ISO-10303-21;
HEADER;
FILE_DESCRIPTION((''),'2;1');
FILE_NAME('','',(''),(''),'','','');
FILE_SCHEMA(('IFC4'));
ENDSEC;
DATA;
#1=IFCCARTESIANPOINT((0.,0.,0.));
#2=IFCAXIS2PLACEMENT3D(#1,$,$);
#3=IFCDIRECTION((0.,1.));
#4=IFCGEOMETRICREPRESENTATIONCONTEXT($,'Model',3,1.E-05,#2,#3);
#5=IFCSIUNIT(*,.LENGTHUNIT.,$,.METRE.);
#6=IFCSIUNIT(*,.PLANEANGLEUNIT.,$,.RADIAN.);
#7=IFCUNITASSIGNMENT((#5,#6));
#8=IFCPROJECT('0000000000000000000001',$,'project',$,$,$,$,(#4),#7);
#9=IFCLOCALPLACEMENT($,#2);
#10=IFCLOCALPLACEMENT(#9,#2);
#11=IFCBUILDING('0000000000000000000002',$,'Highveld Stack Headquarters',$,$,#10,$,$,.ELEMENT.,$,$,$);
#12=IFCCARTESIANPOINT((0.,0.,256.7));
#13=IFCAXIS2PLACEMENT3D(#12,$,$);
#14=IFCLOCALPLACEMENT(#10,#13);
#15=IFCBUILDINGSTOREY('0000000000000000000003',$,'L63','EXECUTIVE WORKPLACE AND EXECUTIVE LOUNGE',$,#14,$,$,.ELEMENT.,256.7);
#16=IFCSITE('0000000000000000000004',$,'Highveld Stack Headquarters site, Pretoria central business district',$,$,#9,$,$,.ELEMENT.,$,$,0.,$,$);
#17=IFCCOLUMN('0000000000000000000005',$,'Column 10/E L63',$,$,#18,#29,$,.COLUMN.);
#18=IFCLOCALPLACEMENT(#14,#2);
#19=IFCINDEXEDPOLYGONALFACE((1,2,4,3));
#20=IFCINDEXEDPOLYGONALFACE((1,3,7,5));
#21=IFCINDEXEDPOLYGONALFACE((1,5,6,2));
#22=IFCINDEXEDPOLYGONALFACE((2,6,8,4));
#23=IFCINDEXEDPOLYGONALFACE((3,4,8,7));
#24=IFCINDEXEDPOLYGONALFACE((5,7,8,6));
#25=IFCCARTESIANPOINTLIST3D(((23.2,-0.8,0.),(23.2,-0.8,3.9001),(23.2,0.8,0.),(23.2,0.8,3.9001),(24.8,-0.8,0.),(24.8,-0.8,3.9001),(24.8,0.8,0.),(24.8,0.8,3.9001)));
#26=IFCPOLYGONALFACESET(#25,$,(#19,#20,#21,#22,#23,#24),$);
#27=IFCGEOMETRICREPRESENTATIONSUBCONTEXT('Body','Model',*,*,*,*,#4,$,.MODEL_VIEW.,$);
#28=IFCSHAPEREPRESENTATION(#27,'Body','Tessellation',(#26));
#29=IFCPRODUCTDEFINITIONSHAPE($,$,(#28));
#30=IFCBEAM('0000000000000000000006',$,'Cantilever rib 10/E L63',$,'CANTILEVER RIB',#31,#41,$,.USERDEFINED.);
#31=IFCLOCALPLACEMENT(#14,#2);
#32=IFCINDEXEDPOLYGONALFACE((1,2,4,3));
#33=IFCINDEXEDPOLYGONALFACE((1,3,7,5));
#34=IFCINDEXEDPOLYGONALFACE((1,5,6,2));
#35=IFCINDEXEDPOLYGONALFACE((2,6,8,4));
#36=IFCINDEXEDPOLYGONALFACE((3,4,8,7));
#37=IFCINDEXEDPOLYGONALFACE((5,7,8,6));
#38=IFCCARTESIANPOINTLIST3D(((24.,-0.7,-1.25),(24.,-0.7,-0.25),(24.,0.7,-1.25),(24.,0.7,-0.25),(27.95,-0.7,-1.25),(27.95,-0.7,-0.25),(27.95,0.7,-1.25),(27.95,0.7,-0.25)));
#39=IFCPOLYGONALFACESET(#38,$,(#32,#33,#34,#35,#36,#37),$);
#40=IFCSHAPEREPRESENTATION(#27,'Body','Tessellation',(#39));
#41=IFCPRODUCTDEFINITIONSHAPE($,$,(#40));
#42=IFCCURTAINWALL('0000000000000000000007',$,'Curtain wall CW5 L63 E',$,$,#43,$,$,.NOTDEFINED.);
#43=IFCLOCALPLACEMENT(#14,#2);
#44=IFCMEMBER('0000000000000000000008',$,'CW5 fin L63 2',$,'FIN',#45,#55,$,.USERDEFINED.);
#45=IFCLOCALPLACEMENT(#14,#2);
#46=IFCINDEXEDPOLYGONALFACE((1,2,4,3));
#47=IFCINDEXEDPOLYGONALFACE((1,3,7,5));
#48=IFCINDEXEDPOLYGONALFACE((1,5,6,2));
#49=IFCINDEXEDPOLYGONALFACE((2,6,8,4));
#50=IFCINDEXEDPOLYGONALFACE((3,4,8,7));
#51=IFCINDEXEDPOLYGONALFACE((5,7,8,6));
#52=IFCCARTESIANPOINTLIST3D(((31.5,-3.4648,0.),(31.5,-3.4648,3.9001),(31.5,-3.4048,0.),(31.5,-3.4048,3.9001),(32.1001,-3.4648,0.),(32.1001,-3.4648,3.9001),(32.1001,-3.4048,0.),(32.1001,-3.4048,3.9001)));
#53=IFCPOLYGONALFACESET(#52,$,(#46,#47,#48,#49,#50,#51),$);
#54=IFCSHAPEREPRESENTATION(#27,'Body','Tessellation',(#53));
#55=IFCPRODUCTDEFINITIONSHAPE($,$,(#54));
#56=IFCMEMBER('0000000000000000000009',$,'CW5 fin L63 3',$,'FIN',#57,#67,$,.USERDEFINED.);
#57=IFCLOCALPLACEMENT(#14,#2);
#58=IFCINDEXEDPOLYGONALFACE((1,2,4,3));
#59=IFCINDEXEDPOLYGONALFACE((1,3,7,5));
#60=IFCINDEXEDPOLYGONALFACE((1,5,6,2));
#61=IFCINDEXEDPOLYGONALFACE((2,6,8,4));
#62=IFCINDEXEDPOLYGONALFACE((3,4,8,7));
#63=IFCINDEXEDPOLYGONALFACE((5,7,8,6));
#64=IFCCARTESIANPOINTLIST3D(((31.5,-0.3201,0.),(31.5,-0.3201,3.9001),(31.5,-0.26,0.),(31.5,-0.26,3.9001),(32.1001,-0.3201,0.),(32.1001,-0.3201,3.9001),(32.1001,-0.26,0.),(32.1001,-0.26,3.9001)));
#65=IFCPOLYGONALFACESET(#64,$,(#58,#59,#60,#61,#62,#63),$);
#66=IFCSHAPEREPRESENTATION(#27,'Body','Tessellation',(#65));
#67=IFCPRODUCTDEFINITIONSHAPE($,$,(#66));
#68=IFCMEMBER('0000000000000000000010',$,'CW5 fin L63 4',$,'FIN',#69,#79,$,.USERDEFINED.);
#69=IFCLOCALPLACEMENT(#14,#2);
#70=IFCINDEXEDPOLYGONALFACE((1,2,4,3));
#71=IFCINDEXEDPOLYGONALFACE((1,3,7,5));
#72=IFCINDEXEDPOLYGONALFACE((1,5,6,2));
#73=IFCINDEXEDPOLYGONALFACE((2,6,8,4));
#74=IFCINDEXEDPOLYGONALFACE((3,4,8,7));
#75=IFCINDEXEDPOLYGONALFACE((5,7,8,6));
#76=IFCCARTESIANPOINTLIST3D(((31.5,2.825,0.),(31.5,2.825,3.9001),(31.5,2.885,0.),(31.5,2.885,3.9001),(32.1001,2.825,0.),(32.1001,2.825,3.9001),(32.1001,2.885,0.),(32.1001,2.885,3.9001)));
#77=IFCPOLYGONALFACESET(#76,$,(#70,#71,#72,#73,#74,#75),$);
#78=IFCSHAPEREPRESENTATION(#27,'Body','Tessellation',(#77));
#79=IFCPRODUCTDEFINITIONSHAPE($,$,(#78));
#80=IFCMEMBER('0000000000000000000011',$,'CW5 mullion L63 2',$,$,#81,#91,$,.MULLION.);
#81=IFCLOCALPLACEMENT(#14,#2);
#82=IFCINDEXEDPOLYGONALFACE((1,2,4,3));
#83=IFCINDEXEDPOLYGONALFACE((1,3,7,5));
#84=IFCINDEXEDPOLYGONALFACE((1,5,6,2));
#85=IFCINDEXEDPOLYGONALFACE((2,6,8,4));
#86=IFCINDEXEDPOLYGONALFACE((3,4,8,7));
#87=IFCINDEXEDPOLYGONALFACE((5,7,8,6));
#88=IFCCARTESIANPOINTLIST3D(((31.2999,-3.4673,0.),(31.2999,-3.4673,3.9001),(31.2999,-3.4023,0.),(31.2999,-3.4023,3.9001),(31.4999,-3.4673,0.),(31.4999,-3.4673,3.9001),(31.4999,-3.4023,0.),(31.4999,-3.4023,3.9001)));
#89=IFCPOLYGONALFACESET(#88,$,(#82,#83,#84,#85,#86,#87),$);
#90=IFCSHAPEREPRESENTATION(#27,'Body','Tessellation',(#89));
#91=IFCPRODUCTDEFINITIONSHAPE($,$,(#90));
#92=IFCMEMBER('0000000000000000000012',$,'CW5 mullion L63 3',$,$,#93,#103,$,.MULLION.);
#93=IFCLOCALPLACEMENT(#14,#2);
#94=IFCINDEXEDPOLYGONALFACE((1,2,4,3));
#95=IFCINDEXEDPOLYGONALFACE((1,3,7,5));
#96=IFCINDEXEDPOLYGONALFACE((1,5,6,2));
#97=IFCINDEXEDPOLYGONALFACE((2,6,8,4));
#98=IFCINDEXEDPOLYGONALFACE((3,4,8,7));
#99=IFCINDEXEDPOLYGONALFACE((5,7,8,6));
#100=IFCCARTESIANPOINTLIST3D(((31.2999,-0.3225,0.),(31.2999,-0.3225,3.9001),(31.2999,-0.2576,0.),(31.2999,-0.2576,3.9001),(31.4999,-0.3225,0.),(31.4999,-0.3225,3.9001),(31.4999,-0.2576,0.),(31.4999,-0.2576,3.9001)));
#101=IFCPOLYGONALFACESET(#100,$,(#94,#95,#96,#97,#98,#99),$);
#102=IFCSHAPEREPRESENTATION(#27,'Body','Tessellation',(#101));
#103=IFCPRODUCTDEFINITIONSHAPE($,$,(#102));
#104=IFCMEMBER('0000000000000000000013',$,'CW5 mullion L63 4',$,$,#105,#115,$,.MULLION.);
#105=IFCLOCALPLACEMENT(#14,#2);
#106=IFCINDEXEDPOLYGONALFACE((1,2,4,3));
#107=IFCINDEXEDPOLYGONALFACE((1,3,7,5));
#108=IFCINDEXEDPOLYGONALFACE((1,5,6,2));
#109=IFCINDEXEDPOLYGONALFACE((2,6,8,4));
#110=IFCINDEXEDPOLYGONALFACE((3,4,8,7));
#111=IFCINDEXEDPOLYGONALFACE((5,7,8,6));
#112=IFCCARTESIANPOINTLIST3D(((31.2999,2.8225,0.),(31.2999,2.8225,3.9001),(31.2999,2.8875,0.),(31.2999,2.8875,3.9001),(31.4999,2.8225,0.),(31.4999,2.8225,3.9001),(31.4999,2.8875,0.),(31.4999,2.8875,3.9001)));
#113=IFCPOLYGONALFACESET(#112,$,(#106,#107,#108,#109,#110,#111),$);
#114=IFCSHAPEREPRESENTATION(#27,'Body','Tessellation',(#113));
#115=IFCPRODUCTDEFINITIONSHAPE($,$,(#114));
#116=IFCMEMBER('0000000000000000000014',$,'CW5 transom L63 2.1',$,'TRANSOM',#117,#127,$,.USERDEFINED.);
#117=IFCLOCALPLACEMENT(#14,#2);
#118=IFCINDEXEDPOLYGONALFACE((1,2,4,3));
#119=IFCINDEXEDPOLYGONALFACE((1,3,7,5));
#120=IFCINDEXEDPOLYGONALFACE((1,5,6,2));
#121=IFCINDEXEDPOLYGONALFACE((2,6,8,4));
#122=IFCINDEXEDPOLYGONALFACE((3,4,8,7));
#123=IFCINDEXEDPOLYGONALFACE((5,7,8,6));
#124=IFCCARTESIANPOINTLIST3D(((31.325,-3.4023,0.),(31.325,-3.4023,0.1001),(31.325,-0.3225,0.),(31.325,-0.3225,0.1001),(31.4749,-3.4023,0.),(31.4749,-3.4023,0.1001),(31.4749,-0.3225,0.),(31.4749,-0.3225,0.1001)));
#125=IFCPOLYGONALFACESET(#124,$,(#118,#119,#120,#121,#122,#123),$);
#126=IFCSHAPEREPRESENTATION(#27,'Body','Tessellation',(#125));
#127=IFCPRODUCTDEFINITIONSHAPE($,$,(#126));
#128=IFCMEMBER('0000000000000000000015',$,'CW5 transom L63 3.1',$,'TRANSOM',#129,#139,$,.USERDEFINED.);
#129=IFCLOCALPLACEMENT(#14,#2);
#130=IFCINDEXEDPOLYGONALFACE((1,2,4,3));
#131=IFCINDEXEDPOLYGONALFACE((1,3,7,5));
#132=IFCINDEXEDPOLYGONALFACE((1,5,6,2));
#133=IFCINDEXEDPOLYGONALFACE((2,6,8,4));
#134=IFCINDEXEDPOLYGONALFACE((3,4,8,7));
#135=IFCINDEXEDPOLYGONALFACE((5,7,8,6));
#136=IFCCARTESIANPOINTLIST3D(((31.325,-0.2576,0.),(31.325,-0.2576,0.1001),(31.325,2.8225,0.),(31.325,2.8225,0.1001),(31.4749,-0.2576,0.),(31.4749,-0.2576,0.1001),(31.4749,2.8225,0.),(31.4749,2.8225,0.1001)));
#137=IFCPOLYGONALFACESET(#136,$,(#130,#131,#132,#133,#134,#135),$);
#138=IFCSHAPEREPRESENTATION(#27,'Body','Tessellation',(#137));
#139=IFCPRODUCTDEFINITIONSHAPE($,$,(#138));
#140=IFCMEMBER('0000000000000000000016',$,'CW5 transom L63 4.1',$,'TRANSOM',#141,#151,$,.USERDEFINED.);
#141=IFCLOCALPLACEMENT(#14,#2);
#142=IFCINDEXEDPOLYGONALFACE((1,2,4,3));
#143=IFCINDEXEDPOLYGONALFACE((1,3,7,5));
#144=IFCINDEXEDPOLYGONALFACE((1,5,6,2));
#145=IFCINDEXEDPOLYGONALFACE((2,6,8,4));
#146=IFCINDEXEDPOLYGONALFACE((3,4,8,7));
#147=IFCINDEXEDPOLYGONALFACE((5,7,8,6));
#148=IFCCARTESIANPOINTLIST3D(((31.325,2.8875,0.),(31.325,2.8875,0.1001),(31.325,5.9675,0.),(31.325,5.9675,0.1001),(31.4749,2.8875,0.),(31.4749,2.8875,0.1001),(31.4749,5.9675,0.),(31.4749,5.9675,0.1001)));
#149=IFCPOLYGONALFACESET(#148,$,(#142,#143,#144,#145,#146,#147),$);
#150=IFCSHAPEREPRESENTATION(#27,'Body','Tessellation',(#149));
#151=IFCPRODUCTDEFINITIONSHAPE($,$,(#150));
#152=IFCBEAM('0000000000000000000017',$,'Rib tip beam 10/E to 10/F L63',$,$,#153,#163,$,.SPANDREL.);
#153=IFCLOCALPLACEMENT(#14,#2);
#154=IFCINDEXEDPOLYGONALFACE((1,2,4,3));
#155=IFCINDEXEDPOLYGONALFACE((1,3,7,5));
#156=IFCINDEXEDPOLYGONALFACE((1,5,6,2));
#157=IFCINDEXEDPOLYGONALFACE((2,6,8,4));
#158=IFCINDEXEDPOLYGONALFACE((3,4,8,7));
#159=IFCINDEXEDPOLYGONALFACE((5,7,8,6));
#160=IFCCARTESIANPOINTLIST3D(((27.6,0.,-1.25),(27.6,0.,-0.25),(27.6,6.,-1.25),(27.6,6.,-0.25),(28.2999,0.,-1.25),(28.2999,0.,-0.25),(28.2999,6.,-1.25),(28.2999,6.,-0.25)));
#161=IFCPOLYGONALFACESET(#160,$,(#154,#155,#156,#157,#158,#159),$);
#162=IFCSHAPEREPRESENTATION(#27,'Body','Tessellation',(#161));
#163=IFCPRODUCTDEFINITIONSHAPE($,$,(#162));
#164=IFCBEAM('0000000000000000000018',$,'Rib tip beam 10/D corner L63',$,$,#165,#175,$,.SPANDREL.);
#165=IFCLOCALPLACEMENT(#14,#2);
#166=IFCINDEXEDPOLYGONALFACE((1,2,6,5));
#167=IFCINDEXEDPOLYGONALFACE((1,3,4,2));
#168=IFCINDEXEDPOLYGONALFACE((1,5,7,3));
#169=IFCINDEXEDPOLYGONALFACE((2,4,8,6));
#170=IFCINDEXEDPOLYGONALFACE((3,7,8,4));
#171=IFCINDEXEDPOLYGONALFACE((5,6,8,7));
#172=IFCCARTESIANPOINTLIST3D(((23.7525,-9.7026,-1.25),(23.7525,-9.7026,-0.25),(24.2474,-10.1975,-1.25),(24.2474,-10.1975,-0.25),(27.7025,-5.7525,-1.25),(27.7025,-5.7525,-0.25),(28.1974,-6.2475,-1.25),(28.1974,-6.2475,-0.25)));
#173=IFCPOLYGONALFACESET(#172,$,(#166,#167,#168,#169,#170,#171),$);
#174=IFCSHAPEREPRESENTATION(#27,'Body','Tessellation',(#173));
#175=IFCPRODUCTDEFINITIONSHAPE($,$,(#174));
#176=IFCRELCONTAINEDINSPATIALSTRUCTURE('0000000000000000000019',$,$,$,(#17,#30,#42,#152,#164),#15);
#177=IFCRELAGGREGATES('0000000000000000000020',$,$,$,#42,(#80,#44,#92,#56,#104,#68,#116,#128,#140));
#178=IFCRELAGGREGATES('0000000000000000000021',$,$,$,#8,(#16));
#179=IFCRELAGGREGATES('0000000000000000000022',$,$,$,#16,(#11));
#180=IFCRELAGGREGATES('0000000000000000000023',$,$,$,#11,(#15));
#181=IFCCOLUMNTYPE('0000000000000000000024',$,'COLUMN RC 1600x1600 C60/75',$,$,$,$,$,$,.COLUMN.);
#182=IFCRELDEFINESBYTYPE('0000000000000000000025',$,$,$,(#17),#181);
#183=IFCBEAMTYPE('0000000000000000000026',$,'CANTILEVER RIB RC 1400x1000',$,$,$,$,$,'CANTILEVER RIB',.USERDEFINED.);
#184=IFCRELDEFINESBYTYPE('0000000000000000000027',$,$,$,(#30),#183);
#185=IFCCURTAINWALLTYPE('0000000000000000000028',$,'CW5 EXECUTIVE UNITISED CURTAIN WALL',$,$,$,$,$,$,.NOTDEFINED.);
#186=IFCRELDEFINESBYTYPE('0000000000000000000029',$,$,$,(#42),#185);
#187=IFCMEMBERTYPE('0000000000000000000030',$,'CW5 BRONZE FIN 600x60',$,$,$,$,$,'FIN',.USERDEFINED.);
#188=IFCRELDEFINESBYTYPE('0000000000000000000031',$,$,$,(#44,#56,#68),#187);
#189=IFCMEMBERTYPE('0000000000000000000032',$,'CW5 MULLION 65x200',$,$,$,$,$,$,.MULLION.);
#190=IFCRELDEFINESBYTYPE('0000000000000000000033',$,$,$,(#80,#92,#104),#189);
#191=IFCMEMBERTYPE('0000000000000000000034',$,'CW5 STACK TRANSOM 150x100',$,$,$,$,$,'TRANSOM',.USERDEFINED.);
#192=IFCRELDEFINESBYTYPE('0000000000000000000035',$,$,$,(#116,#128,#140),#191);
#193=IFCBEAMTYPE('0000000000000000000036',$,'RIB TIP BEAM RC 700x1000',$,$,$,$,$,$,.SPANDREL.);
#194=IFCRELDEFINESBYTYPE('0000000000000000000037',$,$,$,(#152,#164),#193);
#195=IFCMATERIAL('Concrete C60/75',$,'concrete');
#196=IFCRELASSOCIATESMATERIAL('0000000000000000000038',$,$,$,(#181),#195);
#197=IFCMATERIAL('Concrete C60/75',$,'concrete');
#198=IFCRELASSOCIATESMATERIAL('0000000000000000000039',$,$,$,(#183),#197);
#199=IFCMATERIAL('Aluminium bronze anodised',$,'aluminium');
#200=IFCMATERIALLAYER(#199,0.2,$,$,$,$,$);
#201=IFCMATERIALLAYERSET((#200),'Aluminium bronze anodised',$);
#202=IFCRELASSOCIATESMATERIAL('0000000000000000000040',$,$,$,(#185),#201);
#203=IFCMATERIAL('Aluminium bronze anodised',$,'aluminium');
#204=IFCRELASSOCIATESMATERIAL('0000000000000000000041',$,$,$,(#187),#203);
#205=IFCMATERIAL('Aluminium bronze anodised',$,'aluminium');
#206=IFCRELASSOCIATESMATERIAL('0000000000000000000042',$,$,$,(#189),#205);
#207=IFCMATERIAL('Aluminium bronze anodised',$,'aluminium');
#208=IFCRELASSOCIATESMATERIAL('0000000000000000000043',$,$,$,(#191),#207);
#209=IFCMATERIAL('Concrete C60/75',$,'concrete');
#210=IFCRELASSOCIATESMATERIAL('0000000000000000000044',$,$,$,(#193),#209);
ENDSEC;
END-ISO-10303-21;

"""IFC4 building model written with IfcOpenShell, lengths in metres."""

from ifc_helpers import new_model, si_unit, direction, frame, origin, origin_2d, place, context, subcontext, project, spatial, rectangle, extrude, material, layer, layer_set, material_profile, profile_set, type_object, element, aggregate, save


model = new_model("IFC4")

# Units and contexts
model_context = context("Model", 3, precision=1e-05, world=origin(), true_north=direction((0.0, 1.0)))
body_context = subcontext(model_context, "Body", "Model", "MODEL_VIEW")
ifc_project = project(units=[si_unit("LENGTHUNIT", "METRE"), si_unit("PLANEANGLEUNIT", "RADIAN")], contexts=[model_context])

# Site, building, storey
site_placement = place(None, origin())
site = spatial("IfcSite", under=ifc_project, at=site_placement, Name="Highveld Stack Headquarters site, Pretoria central business district", CompositionType="ELEMENT", RefElevation=0.0)
building_placement = place(site_placement, origin())
building = spatial("IfcBuilding", under=site, at=building_placement, Name="Highveld Stack Headquarters", CompositionType="ELEMENT")
storey_placement = place(building_placement, frame((0.0, 0.0, 256.7)))
storey = spatial("IfcBuildingStorey", under=building, at=storey_placement, Name="L63", Description="EXECUTIVE WORKPLACE AND EXECUTIVE LOUNGE", CompositionType="ELEMENT", Elevation=256.7)

# Column
ifc_material_1 = material(Name="Concrete C60/75", Category="concrete")
ifc_material_profile_1 = material_profile(ifc_material_1, rectangle(XDim=1.6001, YDim=1.6001, at=origin_2d()), Name="RC 1600x1600")
ifc_profile_set_1 = profile_set([ifc_material_profile_1], Name="Concrete C60/75")
column_type = type_object("IfcColumnType", Name="COLUMN RC 1600x1600 C60/75", PredefinedType="COLUMN", material=ifc_profile_set_1)
column_placement = place(storey_placement, frame((24.0, 0.0, 0.0), z_axis=(0.0, 0.0, 1.0), x_axis=(1.0, 0.0, 0.0)))
element("IfcColumn", 1, at=column_placement, inside=storey, type_object=column_type, Name="Column 10/E L63", PredefinedType="COLUMN", context=body_context, shape_type="SweptSolid", body=[
    extrude(rectangle(XDim=1.6001, YDim=1.6001, at=origin_2d()), origin(), (0.0, 0.0, 1.0), 3.9001),
])

# Beam
ifc_material_2 = material(Name="Concrete C60/75", Category="concrete")
ifc_material_profile_2 = material_profile(ifc_material_2, rectangle(XDim=1.3999, YDim=1.0, at=origin_2d()), Name="RC 1400x1000")
ifc_profile_set_2 = profile_set([ifc_material_profile_2], Name="Concrete C60/75")
beam_type_1 = type_object("IfcBeamType", Name="CANTILEVER RIB RC 1400x1000", ElementType="CANTILEVER RIB", PredefinedType="USERDEFINED", material=ifc_profile_set_2)
beam_1_placement = place(storey_placement, frame((24.0, 0.0, -0.75), z_axis=(1.0, 0.0, 0.0), x_axis=(0.0, 1.0, 0.0)))
element("IfcBeam", 2, at=beam_1_placement, inside=storey, type_object=beam_type_1, Name="Cantilever rib 10/E L63", ObjectType="CANTILEVER RIB", PredefinedType="USERDEFINED", context=body_context, shape_type="SweptSolid", body=[
    extrude(rectangle(XDim=1.3999, YDim=1.0, at=origin_2d()), origin(), (0.0, 0.0, 1.0), 3.95),
])

# Curtain wall, members
ifc_material_3 = material(Name="Aluminium bronze anodised", Category="aluminium")
ifc_layer_1 = layer(ifc_material_3, 0.2)
ifc_layer_set_1 = layer_set([ifc_layer_1], Name="Aluminium bronze anodised")
curtain_wall_type = type_object("IfcCurtainWallType", Name="CW5 EXECUTIVE UNITISED CURTAIN WALL", PredefinedType="NOTDEFINED", material=ifc_layer_set_1)
curtain_wall_placement = place(storey_placement, origin())
curtain_wall = element("IfcCurtainWall", 3, at=curtain_wall_placement, inside=storey, type_object=curtain_wall_type, Name="Curtain wall CW5 L63 E", PredefinedType="NOTDEFINED")
ifc_material_4 = material(Name="Aluminium bronze anodised", Category="aluminium")
ifc_material_profile_3 = material_profile(ifc_material_4, rectangle(XDim=0.6001, YDim=0.0601, at=origin_2d()), Name="FIN 600x60")
ifc_profile_set_3 = profile_set([ifc_material_profile_3], Name="Aluminium bronze anodised")
member_type_1 = type_object("IfcMemberType", Name="CW5 BRONZE FIN 600x60", ElementType="FIN", PredefinedType="USERDEFINED", material=ifc_profile_set_3)
member_1_placement = place(storey_placement, frame((31.8, -3.4348, 0.0), z_axis=(0.0, 0.0, 1.0), x_axis=(-1.0, 0.0, 0.0)))
member_1 = element("IfcMember", 4, at=member_1_placement, type_object=member_type_1, Name="CW5 fin L63 2", ObjectType="FIN", PredefinedType="USERDEFINED", context=body_context, shape_type="SweptSolid", body=[
    extrude(rectangle(XDim=0.6001, YDim=0.0601, at=origin_2d()), origin(), (0.0, 0.0, 1.0), 3.9001),
])
member_2_placement = place(storey_placement, frame((31.8, -0.29, 0.0), z_axis=(0.0, 0.0, 1.0), x_axis=(-1.0, 0.0, 0.0)))
member_2 = element("IfcMember", 5, at=member_2_placement, type_object=member_type_1, Name="CW5 fin L63 3", ObjectType="FIN", PredefinedType="USERDEFINED", context=body_context, shape_type="SweptSolid", body=[
    extrude(rectangle(XDim=0.6001, YDim=0.0601, at=origin_2d()), origin(), (0.0, 0.0, 1.0), 3.9001),
])
member_3_placement = place(storey_placement, frame((31.8, 2.855, 0.0), z_axis=(0.0, 0.0, 1.0), x_axis=(-1.0, 0.0, 0.0)))
member_3 = element("IfcMember", 6, at=member_3_placement, type_object=member_type_1, Name="CW5 fin L63 4", ObjectType="FIN", PredefinedType="USERDEFINED", context=body_context, shape_type="SweptSolid", body=[
    extrude(rectangle(XDim=0.6001, YDim=0.0601, at=origin_2d()), origin(), (0.0, 0.0, 1.0), 3.9001),
])
ifc_material_5 = material(Name="Aluminium bronze anodised", Category="aluminium")
ifc_material_profile_4 = material_profile(ifc_material_5, rectangle(XDim=0.2, YDim=0.0649, at=origin_2d()), Name="CW5 MULLION 65x200")
ifc_profile_set_4 = profile_set([ifc_material_profile_4], Name="Aluminium bronze anodised")
member_type_2 = type_object("IfcMemberType", Name="CW5 MULLION 65x200", PredefinedType="MULLION", material=ifc_profile_set_4)
member_4_placement = place(storey_placement, frame((31.3999, -3.4348, 0.0), z_axis=(0.0, 0.0, 1.0), x_axis=(-1.0, 0.0, 0.0)))
member_4 = element("IfcMember", 7, at=member_4_placement, type_object=member_type_2, Name="CW5 mullion L63 2", PredefinedType="MULLION", context=body_context, shape_type="SweptSolid", body=[
    extrude(rectangle(XDim=0.2, YDim=0.0649, at=origin_2d()), origin(), (0.0, 0.0, 1.0), 3.9001),
])
member_5_placement = place(storey_placement, frame((31.3999, -0.29, 0.0), z_axis=(0.0, 0.0, 1.0), x_axis=(-1.0, 0.0, 0.0)))
member_5 = element("IfcMember", 8, at=member_5_placement, type_object=member_type_2, Name="CW5 mullion L63 3", PredefinedType="MULLION", context=body_context, shape_type="SweptSolid", body=[
    extrude(rectangle(XDim=0.2, YDim=0.0649, at=origin_2d()), origin(), (0.0, 0.0, 1.0), 3.9001),
])
member_6_placement = place(storey_placement, frame((31.3999, 2.855, 0.0), z_axis=(0.0, 0.0, 1.0), x_axis=(-1.0, 0.0, 0.0)))
member_6 = element("IfcMember", 9, at=member_6_placement, type_object=member_type_2, Name="CW5 mullion L63 4", PredefinedType="MULLION", context=body_context, shape_type="SweptSolid", body=[
    extrude(rectangle(XDim=0.2, YDim=0.0649, at=origin_2d()), origin(), (0.0, 0.0, 1.0), 3.9001),
])
ifc_material_6 = material(Name="Aluminium bronze anodised", Category="aluminium")
ifc_material_profile_5 = material_profile(ifc_material_6, rectangle(XDim=0.1499, YDim=0.1001, at=origin_2d()), Name="CW5 TRANSOM 150x100")
ifc_profile_set_5 = profile_set([ifc_material_profile_5], Name="Aluminium bronze anodised")
member_type_3 = type_object("IfcMemberType", Name="CW5 STACK TRANSOM 150x100", ElementType="TRANSOM", PredefinedType="USERDEFINED", material=ifc_profile_set_5)
member_7_placement = place(storey_placement, frame((31.3999, -3.4023, 0.05), z_axis=(0.0, 1.0, 0.0), x_axis=(-1.0, 0.0, 0.0)))
member_7 = element("IfcMember", 10, at=member_7_placement, type_object=member_type_3, Name="CW5 transom L63 2.1", ObjectType="TRANSOM", PredefinedType="USERDEFINED", context=body_context, shape_type="SweptSolid", body=[
    extrude(rectangle(XDim=0.1499, YDim=0.1001, at=origin_2d()), origin(), (0.0, 0.0, 1.0), 3.0798),
])
member_8_placement = place(storey_placement, frame((31.3999, -0.2576, 0.05), z_axis=(0.0, 1.0, 0.0), x_axis=(-1.0, 0.0, 0.0)))
member_8 = element("IfcMember", 11, at=member_8_placement, type_object=member_type_3, Name="CW5 transom L63 3.1", ObjectType="TRANSOM", PredefinedType="USERDEFINED", context=body_context, shape_type="SweptSolid", body=[
    extrude(rectangle(XDim=0.1499, YDim=0.1001, at=origin_2d()), origin(), (0.0, 0.0, 1.0), 3.0801),
])
member_9_placement = place(storey_placement, frame((31.3999, 2.8875, 0.05), z_axis=(0.0, 1.0, 0.0), x_axis=(-1.0, 0.0, 0.0)))
member_9 = element("IfcMember", 12, at=member_9_placement, type_object=member_type_3, Name="CW5 transom L63 4.1", ObjectType="TRANSOM", PredefinedType="USERDEFINED", context=body_context, shape_type="SweptSolid", body=[
    extrude(rectangle(XDim=0.1499, YDim=0.1001, at=origin_2d()), origin(), (0.0, 0.0, 1.0), 3.0801),
])

# Beams
ifc_material_7 = material(Name="Concrete C60/75", Category="concrete")
ifc_material_profile_6 = material_profile(ifc_material_7, rectangle(XDim=0.7, YDim=1.0, at=origin_2d()), Name="RC 700x1000")
ifc_profile_set_6 = profile_set([ifc_material_profile_6], Name="Concrete C60/75")
beam_type_2 = type_object("IfcBeamType", Name="RIB TIP BEAM RC 700x1000", PredefinedType="SPANDREL", material=ifc_profile_set_6)
beam_2_placement = place(storey_placement, frame((27.95, 0.0, -0.75), z_axis=(0.0, 1.0, 0.0), x_axis=(-1.0, 0.0, 0.0)))
element("IfcBeam", 13, at=beam_2_placement, inside=storey, type_object=beam_type_2, Name="Rib tip beam 10/E to 10/F L63", PredefinedType="SPANDREL", context=body_context, shape_type="SweptSolid", body=[
    extrude(rectangle(XDim=0.7, YDim=1.0, at=origin_2d()), origin(), (0.0, 0.0, 1.0), 6.0),
])
beam_3_placement = place(storey_placement, frame((27.95, -6.0, -0.75), z_axis=(-0.707107, -0.707107, 0.0), x_axis=(0.707107, -0.707107, 0.0)))
element("IfcBeam", 14, at=beam_3_placement, inside=storey, type_object=beam_type_2, Name="Rib tip beam 10/D corner L63", PredefinedType="SPANDREL", context=body_context, shape_type="SweptSolid", body=[
    extrude(rectangle(XDim=0.7, YDim=1.0, at=origin_2d()), origin(), (0.0, 0.0, 1.0), 5.5862),
])

aggregate(curtain_wall, [member_4, member_1, member_5, member_2, member_6, member_3, member_7, member_8, member_9])

save(model, "model.ifc")
